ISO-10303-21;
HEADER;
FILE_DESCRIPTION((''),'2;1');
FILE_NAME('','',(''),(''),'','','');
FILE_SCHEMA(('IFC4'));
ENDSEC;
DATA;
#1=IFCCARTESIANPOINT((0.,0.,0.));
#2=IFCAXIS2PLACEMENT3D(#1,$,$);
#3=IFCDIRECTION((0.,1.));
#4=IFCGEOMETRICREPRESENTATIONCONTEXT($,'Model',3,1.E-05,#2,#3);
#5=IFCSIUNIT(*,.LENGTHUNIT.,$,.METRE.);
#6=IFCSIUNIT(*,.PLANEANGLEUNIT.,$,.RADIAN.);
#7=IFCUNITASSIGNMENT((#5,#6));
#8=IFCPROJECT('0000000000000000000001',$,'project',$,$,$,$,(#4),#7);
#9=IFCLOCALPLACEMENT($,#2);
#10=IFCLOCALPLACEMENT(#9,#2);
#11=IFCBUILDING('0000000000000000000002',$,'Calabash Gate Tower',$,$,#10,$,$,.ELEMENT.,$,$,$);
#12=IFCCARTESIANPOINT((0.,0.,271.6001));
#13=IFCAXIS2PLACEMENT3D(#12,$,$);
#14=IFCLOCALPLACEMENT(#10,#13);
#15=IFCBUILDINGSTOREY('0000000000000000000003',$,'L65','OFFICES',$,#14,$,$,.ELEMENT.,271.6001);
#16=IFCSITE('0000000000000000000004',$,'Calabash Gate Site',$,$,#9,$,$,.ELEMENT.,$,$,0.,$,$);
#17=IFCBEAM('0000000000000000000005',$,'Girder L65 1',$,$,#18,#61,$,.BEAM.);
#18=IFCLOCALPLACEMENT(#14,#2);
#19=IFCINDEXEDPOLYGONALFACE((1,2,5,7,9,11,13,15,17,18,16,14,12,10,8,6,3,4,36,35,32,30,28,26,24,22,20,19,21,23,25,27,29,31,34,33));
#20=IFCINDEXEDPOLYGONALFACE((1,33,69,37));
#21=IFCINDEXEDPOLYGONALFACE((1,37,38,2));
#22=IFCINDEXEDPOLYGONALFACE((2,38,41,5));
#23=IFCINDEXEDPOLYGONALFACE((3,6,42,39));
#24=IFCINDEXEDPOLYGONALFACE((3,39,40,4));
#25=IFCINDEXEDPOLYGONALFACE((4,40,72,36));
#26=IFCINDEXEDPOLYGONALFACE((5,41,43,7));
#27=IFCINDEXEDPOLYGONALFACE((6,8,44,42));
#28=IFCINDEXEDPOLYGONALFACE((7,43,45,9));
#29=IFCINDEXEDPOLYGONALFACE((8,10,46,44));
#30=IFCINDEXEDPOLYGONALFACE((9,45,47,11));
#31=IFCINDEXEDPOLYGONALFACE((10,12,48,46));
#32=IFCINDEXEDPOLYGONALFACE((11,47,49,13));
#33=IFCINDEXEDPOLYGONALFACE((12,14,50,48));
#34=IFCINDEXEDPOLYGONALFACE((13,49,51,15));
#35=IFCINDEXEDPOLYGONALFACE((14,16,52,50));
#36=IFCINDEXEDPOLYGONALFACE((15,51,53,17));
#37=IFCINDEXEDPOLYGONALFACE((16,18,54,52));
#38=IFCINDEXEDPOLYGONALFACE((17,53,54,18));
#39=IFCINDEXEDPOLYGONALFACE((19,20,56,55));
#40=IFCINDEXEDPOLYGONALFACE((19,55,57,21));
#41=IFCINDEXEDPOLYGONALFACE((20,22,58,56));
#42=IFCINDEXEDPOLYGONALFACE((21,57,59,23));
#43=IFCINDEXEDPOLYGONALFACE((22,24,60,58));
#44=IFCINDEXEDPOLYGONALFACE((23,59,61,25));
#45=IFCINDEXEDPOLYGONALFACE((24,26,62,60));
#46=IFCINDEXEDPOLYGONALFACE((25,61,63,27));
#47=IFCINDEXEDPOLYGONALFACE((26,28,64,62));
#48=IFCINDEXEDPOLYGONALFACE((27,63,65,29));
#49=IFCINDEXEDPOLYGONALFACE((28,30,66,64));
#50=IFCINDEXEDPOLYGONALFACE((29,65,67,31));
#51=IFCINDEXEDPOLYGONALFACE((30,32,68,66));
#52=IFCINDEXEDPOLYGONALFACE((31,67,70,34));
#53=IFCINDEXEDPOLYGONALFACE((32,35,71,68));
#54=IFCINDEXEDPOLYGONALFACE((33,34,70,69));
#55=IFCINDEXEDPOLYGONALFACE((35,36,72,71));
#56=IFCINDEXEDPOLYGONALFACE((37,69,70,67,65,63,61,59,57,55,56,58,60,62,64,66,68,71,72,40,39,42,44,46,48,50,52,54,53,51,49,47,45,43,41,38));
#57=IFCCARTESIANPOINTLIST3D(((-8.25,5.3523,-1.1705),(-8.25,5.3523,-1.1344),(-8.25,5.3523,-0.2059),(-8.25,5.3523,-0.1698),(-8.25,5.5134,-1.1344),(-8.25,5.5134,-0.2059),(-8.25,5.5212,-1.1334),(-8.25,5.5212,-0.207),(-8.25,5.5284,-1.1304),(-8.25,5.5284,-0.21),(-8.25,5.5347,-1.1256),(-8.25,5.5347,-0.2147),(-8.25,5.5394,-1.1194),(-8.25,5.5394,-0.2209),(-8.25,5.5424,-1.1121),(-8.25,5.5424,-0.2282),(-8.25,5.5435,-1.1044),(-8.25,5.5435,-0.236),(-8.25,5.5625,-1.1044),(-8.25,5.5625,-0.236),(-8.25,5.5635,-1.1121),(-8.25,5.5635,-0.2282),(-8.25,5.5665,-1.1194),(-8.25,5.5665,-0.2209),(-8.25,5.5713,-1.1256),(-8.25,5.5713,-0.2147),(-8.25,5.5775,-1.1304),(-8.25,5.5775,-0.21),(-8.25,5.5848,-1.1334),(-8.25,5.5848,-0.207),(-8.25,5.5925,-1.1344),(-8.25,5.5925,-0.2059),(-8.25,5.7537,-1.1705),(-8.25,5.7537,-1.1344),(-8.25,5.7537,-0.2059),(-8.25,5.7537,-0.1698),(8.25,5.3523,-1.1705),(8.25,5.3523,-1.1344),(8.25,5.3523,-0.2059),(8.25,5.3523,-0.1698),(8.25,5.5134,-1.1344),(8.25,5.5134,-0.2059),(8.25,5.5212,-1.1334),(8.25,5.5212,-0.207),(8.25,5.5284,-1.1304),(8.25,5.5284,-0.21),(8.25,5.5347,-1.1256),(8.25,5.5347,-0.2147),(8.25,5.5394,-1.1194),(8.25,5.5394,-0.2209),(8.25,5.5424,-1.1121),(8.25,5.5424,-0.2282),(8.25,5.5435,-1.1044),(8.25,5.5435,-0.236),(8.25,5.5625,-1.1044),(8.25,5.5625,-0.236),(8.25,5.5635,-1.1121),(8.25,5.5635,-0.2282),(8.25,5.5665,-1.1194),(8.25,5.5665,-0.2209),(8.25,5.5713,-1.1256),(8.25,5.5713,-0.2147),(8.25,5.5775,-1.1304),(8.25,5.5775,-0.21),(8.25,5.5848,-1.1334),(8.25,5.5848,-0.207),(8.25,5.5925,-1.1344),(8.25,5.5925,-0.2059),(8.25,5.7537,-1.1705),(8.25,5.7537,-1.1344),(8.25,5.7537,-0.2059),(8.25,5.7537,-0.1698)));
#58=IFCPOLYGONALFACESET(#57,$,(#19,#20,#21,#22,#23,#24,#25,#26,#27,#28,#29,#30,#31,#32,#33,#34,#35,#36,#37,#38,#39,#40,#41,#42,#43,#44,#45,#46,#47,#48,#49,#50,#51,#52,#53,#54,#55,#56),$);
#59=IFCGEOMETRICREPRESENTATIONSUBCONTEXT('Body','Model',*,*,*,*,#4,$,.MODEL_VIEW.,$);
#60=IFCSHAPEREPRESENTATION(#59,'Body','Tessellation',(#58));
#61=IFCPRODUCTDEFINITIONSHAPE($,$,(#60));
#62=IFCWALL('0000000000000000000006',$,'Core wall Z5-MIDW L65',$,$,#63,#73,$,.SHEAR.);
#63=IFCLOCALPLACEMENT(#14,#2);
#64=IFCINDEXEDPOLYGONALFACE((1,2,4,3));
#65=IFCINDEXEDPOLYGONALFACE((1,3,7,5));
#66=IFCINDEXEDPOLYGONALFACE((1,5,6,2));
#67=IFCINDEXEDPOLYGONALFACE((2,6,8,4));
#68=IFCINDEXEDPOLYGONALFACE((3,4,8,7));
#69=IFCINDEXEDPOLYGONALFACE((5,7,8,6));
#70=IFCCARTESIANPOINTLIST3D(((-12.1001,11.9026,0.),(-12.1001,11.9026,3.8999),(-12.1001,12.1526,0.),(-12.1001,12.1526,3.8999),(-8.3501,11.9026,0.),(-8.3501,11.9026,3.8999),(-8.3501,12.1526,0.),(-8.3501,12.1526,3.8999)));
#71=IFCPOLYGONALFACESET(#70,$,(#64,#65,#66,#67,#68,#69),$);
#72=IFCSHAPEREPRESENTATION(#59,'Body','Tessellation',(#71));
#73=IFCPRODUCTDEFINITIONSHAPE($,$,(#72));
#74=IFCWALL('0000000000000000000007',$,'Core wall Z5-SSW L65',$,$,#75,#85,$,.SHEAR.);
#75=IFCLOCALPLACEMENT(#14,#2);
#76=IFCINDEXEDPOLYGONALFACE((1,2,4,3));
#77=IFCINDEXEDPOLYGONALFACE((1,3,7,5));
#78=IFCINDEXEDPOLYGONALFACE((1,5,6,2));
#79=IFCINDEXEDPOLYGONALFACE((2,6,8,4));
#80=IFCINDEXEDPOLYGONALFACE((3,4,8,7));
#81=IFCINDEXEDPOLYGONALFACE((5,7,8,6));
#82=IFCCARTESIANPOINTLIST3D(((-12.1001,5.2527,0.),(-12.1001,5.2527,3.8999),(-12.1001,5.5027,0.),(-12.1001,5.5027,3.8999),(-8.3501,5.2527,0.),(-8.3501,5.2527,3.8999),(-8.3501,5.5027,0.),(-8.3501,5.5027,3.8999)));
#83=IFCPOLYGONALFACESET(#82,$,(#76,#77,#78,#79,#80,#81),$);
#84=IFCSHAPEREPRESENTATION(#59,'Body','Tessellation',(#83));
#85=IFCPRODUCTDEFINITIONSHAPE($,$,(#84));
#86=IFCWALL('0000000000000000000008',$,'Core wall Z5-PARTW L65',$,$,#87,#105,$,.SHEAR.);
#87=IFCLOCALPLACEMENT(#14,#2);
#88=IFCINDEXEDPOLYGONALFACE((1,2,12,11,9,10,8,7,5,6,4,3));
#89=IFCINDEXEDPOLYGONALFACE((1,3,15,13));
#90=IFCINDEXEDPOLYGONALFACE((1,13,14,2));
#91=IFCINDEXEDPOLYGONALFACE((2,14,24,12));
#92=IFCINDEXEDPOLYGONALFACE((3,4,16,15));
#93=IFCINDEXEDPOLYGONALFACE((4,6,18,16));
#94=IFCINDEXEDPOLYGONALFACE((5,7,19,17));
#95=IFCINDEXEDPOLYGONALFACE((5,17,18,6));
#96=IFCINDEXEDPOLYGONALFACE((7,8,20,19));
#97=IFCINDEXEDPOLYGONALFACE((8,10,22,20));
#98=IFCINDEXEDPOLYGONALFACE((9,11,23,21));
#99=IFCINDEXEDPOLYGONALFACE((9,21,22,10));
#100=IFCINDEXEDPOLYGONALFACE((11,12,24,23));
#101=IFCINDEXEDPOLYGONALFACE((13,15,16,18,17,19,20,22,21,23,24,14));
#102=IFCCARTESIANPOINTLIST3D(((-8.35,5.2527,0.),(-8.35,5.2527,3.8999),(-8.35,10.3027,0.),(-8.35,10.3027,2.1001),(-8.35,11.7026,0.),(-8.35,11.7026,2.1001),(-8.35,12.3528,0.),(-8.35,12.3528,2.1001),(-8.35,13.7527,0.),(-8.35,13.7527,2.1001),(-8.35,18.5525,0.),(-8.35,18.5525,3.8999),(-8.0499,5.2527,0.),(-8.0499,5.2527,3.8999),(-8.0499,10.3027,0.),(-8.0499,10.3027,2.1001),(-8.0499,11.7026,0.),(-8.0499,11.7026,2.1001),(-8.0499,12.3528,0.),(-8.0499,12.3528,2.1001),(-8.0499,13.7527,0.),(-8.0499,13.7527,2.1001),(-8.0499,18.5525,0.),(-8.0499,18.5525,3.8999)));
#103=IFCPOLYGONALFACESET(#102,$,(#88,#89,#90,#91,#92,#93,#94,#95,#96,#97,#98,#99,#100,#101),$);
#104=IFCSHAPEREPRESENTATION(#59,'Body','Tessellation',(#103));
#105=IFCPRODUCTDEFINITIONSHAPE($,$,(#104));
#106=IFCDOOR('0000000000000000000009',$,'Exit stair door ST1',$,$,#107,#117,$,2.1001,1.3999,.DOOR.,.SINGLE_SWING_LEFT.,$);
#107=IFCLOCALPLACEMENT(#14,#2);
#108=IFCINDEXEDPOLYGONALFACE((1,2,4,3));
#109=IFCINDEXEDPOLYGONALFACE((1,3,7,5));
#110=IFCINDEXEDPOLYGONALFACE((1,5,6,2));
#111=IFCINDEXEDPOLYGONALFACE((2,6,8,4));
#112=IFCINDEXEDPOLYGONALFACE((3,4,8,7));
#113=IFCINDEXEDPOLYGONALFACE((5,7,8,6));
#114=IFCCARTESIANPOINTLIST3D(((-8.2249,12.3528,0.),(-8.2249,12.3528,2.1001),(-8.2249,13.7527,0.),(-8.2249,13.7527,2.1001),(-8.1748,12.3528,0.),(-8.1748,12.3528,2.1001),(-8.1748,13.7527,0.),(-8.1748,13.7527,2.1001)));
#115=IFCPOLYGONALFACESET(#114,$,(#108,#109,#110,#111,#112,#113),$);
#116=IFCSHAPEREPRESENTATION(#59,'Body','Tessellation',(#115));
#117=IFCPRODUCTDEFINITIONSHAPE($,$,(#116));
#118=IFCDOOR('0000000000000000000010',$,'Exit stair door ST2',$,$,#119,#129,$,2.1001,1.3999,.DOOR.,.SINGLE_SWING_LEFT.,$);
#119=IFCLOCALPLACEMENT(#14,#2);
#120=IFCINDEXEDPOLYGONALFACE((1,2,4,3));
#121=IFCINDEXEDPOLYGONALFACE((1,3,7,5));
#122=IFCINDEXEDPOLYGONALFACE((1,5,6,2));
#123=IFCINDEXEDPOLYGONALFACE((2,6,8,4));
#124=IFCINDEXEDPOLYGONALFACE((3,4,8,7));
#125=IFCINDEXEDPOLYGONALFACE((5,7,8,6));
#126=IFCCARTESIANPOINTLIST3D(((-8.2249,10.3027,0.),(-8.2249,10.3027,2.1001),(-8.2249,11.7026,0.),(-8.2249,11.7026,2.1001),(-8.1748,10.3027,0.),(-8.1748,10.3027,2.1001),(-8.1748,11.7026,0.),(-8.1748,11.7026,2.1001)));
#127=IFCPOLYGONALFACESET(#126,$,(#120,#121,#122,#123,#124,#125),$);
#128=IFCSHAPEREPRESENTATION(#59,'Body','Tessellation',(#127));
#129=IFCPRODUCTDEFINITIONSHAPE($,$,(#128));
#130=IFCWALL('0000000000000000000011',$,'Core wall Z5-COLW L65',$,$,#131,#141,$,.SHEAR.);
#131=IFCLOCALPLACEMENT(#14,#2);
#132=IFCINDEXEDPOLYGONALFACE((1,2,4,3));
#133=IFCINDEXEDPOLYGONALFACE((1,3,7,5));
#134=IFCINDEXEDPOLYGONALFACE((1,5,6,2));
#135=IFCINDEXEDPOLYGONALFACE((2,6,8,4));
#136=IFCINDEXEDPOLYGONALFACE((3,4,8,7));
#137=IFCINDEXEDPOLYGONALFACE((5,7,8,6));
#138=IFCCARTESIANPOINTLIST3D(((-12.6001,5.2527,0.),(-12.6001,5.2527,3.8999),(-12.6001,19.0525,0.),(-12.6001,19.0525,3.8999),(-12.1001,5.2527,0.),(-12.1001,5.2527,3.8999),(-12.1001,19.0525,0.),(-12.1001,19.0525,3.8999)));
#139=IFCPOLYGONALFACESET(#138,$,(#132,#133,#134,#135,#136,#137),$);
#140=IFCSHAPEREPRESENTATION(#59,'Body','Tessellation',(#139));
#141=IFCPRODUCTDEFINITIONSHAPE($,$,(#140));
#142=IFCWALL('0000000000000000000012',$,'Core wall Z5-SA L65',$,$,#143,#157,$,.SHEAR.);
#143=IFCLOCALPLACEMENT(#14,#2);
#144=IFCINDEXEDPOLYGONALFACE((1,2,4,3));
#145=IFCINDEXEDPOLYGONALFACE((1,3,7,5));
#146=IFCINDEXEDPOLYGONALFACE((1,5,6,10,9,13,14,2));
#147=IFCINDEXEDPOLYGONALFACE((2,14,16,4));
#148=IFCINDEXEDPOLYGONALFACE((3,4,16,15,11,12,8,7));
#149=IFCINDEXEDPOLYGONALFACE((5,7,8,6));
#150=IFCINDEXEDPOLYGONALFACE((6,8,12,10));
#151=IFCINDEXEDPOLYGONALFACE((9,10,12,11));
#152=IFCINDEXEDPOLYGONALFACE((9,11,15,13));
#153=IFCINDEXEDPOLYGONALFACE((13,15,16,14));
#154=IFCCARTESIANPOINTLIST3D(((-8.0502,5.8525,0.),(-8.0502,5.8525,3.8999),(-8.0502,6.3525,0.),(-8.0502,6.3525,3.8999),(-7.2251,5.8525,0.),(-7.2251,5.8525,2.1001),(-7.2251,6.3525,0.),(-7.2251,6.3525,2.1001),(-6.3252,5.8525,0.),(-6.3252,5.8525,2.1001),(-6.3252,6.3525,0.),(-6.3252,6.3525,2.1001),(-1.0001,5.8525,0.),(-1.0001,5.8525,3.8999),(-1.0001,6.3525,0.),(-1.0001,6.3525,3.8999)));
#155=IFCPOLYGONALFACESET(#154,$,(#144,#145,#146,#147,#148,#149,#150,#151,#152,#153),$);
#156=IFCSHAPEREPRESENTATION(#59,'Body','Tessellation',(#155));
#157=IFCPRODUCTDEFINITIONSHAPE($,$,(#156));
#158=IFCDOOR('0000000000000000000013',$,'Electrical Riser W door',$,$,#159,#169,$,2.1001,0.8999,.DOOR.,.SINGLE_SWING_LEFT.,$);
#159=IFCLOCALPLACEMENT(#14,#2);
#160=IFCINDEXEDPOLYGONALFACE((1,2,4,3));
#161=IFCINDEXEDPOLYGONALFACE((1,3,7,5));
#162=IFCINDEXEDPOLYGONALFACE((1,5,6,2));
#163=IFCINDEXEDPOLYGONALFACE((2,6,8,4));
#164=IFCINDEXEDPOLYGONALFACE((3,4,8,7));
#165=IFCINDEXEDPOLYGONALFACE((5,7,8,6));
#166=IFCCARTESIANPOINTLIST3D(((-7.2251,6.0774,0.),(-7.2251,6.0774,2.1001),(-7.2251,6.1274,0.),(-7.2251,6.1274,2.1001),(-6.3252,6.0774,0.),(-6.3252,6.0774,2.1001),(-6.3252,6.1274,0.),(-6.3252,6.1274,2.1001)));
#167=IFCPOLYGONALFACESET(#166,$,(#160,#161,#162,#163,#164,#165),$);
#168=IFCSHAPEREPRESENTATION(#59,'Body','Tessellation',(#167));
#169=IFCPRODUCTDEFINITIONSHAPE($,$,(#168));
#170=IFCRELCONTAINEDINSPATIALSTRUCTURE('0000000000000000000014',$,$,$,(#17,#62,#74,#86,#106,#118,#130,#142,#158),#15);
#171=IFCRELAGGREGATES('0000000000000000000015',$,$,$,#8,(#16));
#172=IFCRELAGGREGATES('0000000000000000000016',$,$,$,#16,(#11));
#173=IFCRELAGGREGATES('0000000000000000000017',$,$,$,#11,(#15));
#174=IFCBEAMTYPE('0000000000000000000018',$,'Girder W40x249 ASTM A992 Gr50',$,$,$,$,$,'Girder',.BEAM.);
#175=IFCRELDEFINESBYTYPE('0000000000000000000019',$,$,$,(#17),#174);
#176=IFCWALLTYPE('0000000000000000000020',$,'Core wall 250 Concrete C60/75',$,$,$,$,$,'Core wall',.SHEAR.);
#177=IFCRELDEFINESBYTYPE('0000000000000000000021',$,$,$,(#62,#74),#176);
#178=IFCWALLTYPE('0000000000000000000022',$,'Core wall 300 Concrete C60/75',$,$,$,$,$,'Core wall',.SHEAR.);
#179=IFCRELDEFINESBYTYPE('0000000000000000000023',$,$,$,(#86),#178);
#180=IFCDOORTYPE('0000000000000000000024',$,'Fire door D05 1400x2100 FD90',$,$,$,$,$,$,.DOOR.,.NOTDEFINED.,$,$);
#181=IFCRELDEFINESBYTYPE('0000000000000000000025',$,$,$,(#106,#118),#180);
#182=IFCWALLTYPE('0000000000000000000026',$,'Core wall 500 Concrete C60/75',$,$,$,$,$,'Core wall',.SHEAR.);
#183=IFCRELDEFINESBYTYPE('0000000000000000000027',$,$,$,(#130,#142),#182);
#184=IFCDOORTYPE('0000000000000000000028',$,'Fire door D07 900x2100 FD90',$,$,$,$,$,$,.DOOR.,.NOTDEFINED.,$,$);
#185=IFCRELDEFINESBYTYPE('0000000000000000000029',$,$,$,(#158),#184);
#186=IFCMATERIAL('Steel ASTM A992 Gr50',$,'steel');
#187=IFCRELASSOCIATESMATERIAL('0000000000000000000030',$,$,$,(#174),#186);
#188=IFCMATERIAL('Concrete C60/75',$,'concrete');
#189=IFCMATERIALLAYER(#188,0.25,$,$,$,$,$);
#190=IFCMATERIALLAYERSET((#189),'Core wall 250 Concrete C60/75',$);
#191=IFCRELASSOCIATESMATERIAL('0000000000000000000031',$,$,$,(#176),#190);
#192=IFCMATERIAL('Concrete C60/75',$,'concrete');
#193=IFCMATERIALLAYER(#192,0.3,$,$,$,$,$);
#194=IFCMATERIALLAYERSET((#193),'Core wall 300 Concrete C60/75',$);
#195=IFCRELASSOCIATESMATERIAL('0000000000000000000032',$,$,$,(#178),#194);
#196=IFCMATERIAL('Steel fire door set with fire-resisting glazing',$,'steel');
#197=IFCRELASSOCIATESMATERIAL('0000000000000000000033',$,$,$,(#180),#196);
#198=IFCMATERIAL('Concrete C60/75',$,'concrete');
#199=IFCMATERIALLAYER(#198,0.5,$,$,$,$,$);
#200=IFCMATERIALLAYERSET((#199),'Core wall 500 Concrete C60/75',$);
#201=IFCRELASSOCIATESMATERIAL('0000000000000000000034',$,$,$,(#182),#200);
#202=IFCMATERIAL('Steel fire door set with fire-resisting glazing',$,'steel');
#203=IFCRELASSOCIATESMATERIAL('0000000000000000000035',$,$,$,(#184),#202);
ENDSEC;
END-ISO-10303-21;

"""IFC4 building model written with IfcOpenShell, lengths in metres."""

from ifc_helpers import new_model, si_unit, direction, frame, frame_2d, origin, origin_2d, place, context, subcontext, project, spatial, rectangle, i_section, extrude, material, layer, layer_set, material_profile, profile_set, type_object, element, fill, save


model = new_model("IFC4")

# Units and contexts
model_context = context("Model", 3, precision=1e-05, world=origin(), true_north=direction((0.0, 1.0)))
body_context = subcontext(model_context, "Body", "Model", "MODEL_VIEW")
ifc_project = project(units=[si_unit("LENGTHUNIT", "METRE"), si_unit("PLANEANGLEUNIT", "RADIAN")], contexts=[model_context])

# Site, building, storey
site_placement = place(None, origin())
site = spatial("IfcSite", under=ifc_project, at=site_placement, Name="Calabash Gate Site", CompositionType="ELEMENT", RefElevation=0.0)
building_placement = place(site_placement, origin())
building = spatial("IfcBuilding", under=site, at=building_placement, Name="Calabash Gate Tower", CompositionType="ELEMENT")
storey_placement = place(building_placement, frame((0.0, 0.0, 271.6001)))
storey = spatial("IfcBuildingStorey", under=building, at=storey_placement, Name="L65", Description="OFFICES", CompositionType="ELEMENT", Elevation=271.6001)

# Beam
ifc_material_1 = material(Name="Steel ASTM A992 Gr50", Category="steel")
ifc_material_profile = material_profile(ifc_material_1, i_section(OverallWidth=0.4014, OverallDepth=1.0007, WebThickness=0.019, FlangeThickness=0.0361, FilletRadius=0.03, at=origin_2d()))
ifc_profile_set = profile_set([ifc_material_profile], Name="Steel ASTM A992 Gr50")
beam_type = type_object("IfcBeamType", Name="Girder W40x249 ASTM A992 Gr50", ElementType="Girder", PredefinedType="BEAM", material=ifc_profile_set)
beam_placement = place(storey_placement, frame((-8.25, 5.553, -0.6702), z_axis=(1.0, 0.0, 0.0), x_axis=(0.0, 1.0, 0.0)))
element("IfcBeam", 1, at=beam_placement, inside=storey, type_object=beam_type, Name="Girder L65 1", PredefinedType="BEAM", context=body_context, shape_type="SweptSolid", body=[
    extrude(i_section(OverallWidth=0.4014, OverallDepth=1.0007, WebThickness=0.019, FlangeThickness=0.0361, FilletRadius=0.03, at=origin_2d()), origin(), (0.0, 0.0, 1.0), 16.5),
])

# Walls
ifc_material_2 = material(Name="Concrete C60/75", Category="concrete")
ifc_layer_1 = layer(ifc_material_2, 0.25)
ifc_layer_set_1 = layer_set([ifc_layer_1], Name="Core wall 250 Concrete C60/75")
wall_type_1 = type_object("IfcWallType", Name="Core wall 250 Concrete C60/75", ElementType="Core wall", PredefinedType="SHEAR", material=ifc_layer_set_1)
for number, where, z_axis, x_axis, name in (
    (2, (-12.1001, 12.0276, 0.0), (0.0, 0.0, 1.0), (1.0, 0.0, 0.0), "Core wall Z5-MIDW L65"),
    (3, (-12.1001, 5.3777, 0.0), (0.0, 0.0, 1.0), (1.0, 0.0, 0.0), "Core wall Z5-SSW L65"),
):
    element("IfcWall", number, at=place(storey_placement, frame(where, z_axis=z_axis, x_axis=x_axis)), inside=storey, type_object=wall_type_1, Name=name, PredefinedType="SHEAR", context=body_context, shape_type="SweptSolid", body=[
        extrude(rectangle(XDim=3.75, YDim=0.25, at=frame_2d((1.875, 0.0))), origin(), (0.0, 0.0, 1.0), 3.8999),
    ])

# Wall, openings, doors
ifc_material_3 = material(Name="Concrete C60/75", Category="concrete")
ifc_layer_2 = layer(ifc_material_3, 0.3)
ifc_layer_set_2 = layer_set([ifc_layer_2], Name="Core wall 300 Concrete C60/75")
wall_type_2 = type_object("IfcWallType", Name="Core wall 300 Concrete C60/75", ElementType="Core wall", PredefinedType="SHEAR", material=ifc_layer_set_2)
wall_1_placement = place(storey_placement, frame((-8.2, 5.2527, 0.0), z_axis=(0.0, 0.0, 1.0), x_axis=(0.0, 1.0, 0.0)))
wall_1 = element("IfcWall", 4, at=wall_1_placement, inside=storey, type_object=wall_type_2, Name="Core wall Z5-PARTW L65", PredefinedType="SHEAR", context=body_context, shape_type="SweptSolid", body=[
    extrude(rectangle(XDim=13.2998, YDim=0.3, at=frame_2d((6.6499, 0.0))), origin(), (0.0, 0.0, 1.0), 3.8999),
])
opening_1_placement = place(wall_1_placement, frame((7.1001, 0.0, 0.0)))
opening_1 = element("IfcOpeningElement", 5, at=opening_1_placement, cuts=wall_1, PredefinedType="OPENING", context=body_context, shape_type="SweptSolid", body=[
    extrude(rectangle(XDim=1.3999, YDim=2.1001, at=frame_2d((0.7, 1.05))), frame((0.0, 0.1599, 0.0), z_axis=(0.0, -1.0, 0.0), x_axis=(1.0, 0.0, 0.0)), (0.0, 0.0, 1.0), 0.3201),
])
opening_2_placement = place(wall_1_placement, frame((5.05, 0.0, 0.0)))
opening_2 = element("IfcOpeningElement", 6, at=opening_2_placement, cuts=wall_1, PredefinedType="OPENING", context=body_context, shape_type="SweptSolid", body=[
    extrude(rectangle(XDim=1.3999, YDim=2.1001, at=frame_2d((0.7, 1.05))), frame((0.0, 0.1599, 0.0), z_axis=(0.0, -1.0, 0.0), x_axis=(1.0, 0.0, 0.0)), (0.0, 0.0, 1.0), 0.3201),
])
ifc_material_4 = material(Name="Steel fire door set with fire-resisting glazing", Category="steel")
door_type_1 = type_object("IfcDoorType", Name="Fire door D05 1400x2100 FD90", OperationType="NOTDEFINED", PredefinedType="DOOR", material=ifc_material_4)
door_1_placement = place(opening_1_placement, origin())
door_1 = element("IfcDoor", 7, at=door_1_placement, inside=storey, type_object=door_type_1, Name="Exit stair door ST1", OperationType="SINGLE_SWING_LEFT", OverallHeight=2.1001, OverallWidth=1.3999, PredefinedType="DOOR", context=body_context, shape_type="SweptSolid", body=[
    extrude(rectangle(XDim=1.3999, YDim=2.1001, at=frame_2d((0.7, 1.05))), frame((0.0, 0.0249, 0.0), z_axis=(0.0, -1.0, 0.0), x_axis=(1.0, 0.0, 0.0)), (0.0, 0.0, 1.0), 0.05),
])
fill(opening_1, door_1)
door_2_placement = place(opening_2_placement, origin())
door_2 = element("IfcDoor", 8, at=door_2_placement, inside=storey, type_object=door_type_1, Name="Exit stair door ST2", OperationType="SINGLE_SWING_LEFT", OverallHeight=2.1001, OverallWidth=1.3999, PredefinedType="DOOR", context=body_context, shape_type="SweptSolid", body=[
    extrude(rectangle(XDim=1.3999, YDim=2.1001, at=frame_2d((0.7, 1.05))), frame((0.0, 0.0249, 0.0), z_axis=(0.0, -1.0, 0.0), x_axis=(1.0, 0.0, 0.0)), (0.0, 0.0, 1.0), 0.05),
])
fill(opening_2, door_2)

# Wall
ifc_material_5 = material(Name="Concrete C60/75", Category="concrete")
ifc_layer_3 = layer(ifc_material_5, 0.5)
ifc_layer_set_3 = layer_set([ifc_layer_3], Name="Core wall 500 Concrete C60/75")
wall_type_3 = type_object("IfcWallType", Name="Core wall 500 Concrete C60/75", ElementType="Core wall", PredefinedType="SHEAR", material=ifc_layer_set_3)
wall_2_placement = place(storey_placement, frame((-12.3501, 5.2527, 0.0), z_axis=(0.0, 0.0, 1.0), x_axis=(0.0, 1.0, 0.0)))
element("IfcWall", 9, at=wall_2_placement, inside=storey, type_object=wall_type_3, Name="Core wall Z5-COLW L65", PredefinedType="SHEAR", context=body_context, shape_type="SweptSolid", body=[
    extrude(rectangle(XDim=13.7998, YDim=0.5, at=frame_2d((6.8999, 0.0))), origin(), (0.0, 0.0, 1.0), 3.8999),
])

# Wall, opening, door
wall_3_placement = place(storey_placement, frame((-8.05, 6.1025, 0.0), z_axis=(0.0, 0.0, 1.0), x_axis=(1.0, 0.0, 0.0)))
wall_3 = element("IfcWall", 10, at=wall_3_placement, inside=storey, type_object=wall_type_3, Name="Core wall Z5-SA L65", PredefinedType="SHEAR", context=body_context, shape_type="SweptSolid", body=[
    extrude(rectangle(XDim=7.05, YDim=0.5, at=frame_2d((3.5249, 0.0))), origin(), (0.0, 0.0, 1.0), 3.8999),
])
opening_3_placement = place(wall_3_placement, frame((0.825, 0.0, 0.0)))
opening_3 = element("IfcOpeningElement", 11, at=opening_3_placement, cuts=wall_3, PredefinedType="OPENING", context=body_context, shape_type="SweptSolid", body=[
    extrude(rectangle(XDim=0.8999, YDim=2.1001, at=frame_2d((0.45, 1.05))), frame((0.0, 0.26, 0.0), z_axis=(0.0, -1.0, 0.0), x_axis=(1.0, 0.0, 0.0)), (0.0, 0.0, 1.0), 0.52),
])
ifc_material_6 = material(Name="Steel fire door set with fire-resisting glazing", Category="steel")
door_type_2 = type_object("IfcDoorType", Name="Fire door D07 900x2100 FD90", OperationType="NOTDEFINED", PredefinedType="DOOR", material=ifc_material_6)
door_3_placement = place(opening_3_placement, origin())
door_3 = element("IfcDoor", 12, at=door_3_placement, inside=storey, type_object=door_type_2, Name="Electrical Riser W door", OperationType="SINGLE_SWING_LEFT", OverallHeight=2.1001, OverallWidth=0.8999, PredefinedType="DOOR", context=body_context, shape_type="SweptSolid", body=[
    extrude(rectangle(XDim=0.8999, YDim=2.1001, at=frame_2d((0.45, 1.05))), frame((0.0, 0.0249, 0.0), z_axis=(0.0, -1.0, 0.0), x_axis=(1.0, 0.0, 0.0)), (0.0, 0.0, 1.0), 0.05),
])
fill(opening_3, door_3)

save(model, "model.ifc")
